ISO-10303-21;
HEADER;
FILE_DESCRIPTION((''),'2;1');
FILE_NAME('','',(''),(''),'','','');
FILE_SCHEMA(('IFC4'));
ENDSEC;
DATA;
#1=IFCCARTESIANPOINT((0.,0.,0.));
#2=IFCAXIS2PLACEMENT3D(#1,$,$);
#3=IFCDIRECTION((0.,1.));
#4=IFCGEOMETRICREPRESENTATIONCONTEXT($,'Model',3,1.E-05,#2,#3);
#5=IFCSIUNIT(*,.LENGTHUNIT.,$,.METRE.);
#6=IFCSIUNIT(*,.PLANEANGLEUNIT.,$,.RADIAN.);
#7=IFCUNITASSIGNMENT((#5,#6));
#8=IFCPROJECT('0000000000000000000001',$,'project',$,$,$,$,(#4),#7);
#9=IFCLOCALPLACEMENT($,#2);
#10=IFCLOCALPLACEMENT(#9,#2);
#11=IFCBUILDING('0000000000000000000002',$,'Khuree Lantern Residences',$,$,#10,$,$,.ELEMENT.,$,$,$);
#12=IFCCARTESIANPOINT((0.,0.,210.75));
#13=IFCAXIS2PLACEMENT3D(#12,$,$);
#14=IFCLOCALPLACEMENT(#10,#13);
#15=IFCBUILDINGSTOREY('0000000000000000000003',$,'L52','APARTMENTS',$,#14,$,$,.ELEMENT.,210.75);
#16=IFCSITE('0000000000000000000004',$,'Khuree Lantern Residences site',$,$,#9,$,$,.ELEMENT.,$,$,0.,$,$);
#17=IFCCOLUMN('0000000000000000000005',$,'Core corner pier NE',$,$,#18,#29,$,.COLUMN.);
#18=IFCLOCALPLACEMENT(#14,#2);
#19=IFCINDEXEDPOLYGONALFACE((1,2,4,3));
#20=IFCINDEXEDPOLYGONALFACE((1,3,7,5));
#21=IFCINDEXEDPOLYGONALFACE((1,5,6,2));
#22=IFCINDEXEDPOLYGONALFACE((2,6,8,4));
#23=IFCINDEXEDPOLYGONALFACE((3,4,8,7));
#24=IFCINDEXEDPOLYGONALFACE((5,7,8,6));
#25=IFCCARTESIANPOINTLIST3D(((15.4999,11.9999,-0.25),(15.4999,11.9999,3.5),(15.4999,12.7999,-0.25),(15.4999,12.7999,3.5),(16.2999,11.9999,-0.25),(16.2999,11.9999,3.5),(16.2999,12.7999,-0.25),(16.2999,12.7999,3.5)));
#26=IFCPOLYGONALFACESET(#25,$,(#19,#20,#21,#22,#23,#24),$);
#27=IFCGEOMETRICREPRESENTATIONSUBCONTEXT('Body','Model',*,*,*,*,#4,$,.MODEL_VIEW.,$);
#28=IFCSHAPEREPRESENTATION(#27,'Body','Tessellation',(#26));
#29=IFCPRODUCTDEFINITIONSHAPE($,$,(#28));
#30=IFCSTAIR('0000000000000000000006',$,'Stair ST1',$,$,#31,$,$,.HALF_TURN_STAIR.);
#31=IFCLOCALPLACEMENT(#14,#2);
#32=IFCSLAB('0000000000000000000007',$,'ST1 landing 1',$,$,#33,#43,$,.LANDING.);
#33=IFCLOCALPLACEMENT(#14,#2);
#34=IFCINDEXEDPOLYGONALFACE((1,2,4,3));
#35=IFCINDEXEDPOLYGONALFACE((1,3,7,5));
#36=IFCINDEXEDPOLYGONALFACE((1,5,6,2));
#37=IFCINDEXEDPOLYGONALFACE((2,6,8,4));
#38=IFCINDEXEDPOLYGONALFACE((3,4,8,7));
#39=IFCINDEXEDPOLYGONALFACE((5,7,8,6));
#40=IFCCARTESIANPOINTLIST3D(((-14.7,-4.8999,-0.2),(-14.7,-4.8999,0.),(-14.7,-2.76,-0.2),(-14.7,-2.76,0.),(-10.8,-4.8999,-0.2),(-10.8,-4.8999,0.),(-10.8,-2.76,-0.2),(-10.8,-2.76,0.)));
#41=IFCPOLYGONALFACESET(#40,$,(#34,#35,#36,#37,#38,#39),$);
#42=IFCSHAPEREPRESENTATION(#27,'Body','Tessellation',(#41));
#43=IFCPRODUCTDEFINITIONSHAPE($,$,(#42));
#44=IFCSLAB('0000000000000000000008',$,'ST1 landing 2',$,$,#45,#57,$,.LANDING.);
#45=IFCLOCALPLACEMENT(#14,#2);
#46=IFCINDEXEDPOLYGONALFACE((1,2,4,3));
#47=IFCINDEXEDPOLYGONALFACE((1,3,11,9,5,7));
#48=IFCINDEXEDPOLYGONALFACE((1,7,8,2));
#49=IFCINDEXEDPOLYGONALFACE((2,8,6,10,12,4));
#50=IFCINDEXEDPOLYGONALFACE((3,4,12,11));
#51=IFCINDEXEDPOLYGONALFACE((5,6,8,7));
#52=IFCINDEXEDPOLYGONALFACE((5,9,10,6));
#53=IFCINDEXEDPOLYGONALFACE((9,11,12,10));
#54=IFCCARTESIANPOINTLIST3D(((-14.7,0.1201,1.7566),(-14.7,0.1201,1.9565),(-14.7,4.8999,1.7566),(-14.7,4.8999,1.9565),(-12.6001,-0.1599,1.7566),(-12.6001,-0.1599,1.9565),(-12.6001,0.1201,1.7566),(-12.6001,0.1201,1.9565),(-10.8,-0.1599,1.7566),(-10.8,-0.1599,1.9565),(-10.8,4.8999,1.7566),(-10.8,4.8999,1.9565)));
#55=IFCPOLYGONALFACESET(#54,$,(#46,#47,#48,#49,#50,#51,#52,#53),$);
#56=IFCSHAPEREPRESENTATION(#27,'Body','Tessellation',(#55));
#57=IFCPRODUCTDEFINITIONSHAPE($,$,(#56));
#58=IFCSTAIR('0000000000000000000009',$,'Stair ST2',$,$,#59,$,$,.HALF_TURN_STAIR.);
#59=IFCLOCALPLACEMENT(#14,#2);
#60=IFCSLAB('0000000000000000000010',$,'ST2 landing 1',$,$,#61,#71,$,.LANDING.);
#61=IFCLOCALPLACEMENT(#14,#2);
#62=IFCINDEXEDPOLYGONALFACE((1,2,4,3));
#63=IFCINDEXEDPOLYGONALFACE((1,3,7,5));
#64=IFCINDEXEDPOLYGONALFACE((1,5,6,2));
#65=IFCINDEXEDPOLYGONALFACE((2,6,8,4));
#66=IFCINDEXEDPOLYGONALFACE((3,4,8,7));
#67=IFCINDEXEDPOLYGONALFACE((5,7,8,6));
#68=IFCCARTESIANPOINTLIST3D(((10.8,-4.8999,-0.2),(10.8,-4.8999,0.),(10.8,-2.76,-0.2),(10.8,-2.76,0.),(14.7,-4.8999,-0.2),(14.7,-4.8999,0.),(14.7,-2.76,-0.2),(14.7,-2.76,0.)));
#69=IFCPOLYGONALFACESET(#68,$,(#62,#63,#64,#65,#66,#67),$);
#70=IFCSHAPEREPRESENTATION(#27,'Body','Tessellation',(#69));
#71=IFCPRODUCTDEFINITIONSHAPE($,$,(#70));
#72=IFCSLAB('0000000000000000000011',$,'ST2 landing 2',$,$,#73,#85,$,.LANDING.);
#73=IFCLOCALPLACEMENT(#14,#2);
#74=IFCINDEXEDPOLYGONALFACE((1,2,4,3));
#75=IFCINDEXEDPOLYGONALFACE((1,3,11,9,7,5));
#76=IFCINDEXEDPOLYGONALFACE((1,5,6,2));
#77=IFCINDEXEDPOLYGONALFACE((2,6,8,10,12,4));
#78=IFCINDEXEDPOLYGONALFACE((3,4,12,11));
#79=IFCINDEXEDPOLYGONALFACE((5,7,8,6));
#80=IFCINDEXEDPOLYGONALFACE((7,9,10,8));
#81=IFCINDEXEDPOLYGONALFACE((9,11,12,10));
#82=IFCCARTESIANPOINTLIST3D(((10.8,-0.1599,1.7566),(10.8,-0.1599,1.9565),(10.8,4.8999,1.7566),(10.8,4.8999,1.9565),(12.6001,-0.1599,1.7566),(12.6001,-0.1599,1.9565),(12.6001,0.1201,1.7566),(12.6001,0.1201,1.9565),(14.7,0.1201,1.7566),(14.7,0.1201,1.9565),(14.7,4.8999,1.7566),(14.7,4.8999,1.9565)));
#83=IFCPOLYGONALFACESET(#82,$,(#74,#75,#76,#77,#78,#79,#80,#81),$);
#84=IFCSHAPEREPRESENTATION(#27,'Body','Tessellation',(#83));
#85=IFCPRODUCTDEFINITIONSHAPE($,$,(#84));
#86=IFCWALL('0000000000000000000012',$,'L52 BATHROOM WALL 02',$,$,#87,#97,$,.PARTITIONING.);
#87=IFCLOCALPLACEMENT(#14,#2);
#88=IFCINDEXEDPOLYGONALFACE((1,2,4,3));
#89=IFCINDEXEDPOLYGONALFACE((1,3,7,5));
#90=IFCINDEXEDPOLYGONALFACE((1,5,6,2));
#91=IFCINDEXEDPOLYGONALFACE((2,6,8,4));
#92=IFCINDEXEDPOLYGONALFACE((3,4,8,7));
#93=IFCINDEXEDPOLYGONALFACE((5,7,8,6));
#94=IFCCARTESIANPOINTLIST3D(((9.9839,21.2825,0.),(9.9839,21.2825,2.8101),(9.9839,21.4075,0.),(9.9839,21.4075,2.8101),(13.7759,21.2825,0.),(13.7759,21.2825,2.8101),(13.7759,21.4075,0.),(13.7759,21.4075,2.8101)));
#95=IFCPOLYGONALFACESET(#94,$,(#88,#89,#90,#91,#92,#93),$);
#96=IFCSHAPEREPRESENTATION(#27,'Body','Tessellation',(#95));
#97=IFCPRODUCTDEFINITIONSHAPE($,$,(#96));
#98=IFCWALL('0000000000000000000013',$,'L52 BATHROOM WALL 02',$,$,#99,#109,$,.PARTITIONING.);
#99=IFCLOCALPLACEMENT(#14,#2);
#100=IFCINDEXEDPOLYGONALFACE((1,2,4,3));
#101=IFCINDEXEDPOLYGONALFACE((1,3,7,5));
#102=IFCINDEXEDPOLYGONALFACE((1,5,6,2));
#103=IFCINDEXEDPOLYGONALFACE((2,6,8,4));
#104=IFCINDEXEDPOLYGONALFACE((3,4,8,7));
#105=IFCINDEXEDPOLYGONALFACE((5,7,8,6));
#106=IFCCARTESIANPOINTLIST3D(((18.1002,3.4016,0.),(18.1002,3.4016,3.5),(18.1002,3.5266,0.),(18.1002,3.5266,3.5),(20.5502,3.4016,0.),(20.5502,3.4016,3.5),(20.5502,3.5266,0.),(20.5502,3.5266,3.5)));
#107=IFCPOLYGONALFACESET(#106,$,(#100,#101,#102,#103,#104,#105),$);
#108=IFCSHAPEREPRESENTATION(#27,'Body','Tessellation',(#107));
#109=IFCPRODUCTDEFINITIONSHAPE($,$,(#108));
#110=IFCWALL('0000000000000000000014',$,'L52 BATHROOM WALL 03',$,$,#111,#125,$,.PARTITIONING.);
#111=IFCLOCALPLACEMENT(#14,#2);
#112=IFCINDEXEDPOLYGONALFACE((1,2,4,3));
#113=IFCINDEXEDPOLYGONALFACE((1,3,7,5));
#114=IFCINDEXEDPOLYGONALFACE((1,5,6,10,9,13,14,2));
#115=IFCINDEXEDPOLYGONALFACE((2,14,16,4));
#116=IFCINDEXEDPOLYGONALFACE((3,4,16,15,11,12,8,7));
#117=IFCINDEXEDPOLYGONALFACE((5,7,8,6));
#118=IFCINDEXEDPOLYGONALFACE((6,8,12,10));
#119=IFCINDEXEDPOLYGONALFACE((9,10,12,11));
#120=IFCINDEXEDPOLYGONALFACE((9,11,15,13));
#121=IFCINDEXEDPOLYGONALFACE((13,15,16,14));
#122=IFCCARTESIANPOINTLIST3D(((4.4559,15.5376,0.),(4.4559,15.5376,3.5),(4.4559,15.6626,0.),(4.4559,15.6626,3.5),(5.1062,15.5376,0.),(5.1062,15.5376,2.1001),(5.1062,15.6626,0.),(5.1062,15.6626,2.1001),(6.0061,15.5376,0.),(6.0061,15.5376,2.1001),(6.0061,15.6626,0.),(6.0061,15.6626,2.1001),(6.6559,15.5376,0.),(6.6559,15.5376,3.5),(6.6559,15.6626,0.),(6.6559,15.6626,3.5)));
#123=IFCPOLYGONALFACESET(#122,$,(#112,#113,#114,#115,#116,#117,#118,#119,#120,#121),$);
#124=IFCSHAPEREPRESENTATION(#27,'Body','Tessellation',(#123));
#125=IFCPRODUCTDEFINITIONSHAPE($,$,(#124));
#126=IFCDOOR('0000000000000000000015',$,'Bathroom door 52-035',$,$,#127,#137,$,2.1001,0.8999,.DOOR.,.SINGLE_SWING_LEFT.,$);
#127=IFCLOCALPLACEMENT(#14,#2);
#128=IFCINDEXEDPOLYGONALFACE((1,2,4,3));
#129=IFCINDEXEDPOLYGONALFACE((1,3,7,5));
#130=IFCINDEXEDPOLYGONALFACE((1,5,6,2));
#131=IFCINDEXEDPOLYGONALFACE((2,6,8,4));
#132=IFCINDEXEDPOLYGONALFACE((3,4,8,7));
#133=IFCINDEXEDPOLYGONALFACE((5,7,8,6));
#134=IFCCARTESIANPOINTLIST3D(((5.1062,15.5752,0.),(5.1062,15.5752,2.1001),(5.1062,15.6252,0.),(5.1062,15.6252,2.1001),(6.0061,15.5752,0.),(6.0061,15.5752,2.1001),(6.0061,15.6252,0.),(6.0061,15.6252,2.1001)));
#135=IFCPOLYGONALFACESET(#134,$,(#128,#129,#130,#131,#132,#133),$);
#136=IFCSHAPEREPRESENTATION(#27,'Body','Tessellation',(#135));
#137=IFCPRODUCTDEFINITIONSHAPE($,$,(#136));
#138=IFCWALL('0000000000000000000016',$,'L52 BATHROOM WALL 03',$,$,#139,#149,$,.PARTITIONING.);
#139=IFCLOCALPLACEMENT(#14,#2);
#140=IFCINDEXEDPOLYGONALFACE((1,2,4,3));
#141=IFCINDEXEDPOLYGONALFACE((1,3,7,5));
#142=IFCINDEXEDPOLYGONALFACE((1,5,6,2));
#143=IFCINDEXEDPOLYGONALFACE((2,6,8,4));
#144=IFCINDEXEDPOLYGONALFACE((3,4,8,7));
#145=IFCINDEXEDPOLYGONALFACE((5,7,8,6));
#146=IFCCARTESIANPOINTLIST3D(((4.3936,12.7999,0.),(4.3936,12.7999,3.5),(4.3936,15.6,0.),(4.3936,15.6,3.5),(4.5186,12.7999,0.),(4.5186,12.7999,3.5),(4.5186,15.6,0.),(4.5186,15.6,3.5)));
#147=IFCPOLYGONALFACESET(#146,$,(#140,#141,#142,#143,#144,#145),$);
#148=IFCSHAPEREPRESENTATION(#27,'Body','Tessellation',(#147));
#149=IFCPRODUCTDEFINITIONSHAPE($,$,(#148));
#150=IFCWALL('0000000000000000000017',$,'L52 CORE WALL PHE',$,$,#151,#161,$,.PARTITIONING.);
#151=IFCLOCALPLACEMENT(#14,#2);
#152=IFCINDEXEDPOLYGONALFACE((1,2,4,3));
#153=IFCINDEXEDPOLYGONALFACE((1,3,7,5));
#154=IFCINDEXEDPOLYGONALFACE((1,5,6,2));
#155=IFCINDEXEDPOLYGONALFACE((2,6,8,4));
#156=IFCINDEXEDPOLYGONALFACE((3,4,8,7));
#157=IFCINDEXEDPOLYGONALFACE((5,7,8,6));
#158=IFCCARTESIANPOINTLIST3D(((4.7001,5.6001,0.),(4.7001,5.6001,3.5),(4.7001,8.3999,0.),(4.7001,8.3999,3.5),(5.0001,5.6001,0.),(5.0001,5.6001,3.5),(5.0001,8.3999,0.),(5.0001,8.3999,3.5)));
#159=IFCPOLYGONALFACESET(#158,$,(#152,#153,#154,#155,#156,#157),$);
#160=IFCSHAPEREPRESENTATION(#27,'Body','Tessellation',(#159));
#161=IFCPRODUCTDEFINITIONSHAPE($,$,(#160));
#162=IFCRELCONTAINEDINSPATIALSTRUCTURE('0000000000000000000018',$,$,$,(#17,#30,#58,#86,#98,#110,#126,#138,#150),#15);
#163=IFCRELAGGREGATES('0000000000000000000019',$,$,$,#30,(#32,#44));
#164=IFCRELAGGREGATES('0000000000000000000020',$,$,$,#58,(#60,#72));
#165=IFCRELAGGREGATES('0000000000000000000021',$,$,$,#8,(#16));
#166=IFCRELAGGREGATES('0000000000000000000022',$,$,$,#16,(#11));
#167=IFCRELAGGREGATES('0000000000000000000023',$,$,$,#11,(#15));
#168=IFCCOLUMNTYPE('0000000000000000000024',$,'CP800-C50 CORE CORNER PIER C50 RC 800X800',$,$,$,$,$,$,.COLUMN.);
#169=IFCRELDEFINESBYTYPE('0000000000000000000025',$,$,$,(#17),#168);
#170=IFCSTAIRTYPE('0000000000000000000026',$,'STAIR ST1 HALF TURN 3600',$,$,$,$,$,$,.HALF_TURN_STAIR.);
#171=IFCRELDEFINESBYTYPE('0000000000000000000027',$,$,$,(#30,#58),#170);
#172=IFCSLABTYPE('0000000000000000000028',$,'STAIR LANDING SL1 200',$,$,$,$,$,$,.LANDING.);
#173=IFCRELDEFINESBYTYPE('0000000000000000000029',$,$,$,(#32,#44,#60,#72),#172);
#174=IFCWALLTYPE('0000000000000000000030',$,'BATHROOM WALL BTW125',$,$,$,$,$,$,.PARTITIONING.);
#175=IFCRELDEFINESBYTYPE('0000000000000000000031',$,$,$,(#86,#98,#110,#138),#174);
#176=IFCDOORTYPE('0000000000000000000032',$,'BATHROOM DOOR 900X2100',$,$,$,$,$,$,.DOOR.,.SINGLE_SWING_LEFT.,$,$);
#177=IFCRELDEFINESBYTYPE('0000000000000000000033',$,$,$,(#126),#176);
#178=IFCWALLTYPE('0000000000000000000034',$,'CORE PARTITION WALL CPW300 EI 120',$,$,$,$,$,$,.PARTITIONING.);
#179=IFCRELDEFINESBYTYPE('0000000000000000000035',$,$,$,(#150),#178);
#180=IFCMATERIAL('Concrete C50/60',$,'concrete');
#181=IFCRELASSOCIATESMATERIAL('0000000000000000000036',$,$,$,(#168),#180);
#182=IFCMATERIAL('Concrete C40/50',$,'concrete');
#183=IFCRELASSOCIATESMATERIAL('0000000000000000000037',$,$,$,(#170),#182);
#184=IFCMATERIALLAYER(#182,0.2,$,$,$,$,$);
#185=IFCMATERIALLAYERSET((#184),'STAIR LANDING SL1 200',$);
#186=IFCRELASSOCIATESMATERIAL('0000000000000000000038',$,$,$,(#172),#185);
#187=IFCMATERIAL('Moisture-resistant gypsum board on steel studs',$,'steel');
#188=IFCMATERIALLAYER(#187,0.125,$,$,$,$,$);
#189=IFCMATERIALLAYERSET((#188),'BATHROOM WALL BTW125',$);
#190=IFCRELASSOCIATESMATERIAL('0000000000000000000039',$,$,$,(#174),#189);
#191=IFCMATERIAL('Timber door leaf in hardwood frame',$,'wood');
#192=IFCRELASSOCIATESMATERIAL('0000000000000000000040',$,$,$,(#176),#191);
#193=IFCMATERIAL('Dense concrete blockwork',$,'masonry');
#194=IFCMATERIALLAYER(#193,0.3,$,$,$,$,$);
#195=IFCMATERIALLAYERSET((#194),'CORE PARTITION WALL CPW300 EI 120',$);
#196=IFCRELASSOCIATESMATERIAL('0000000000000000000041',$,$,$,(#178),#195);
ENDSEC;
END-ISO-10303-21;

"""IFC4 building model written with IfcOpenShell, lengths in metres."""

from ifc_helpers import new_model, si_unit, direction, frame, frame_2d, origin, origin_2d, place, context, subcontext, project, spatial, polyline, rectangle, outline, extrude, material, layer, layer_set, material_profile, profile_set, type_object, element, fill, aggregate, save


model = new_model("IFC4")

# Units and contexts
model_context = context("Model", 3, precision=1e-05, world=origin(), true_north=direction((0.0, 1.0)))
body_context = subcontext(model_context, "Body", "Model", "MODEL_VIEW")
ifc_project = project(units=[si_unit("LENGTHUNIT", "METRE"), si_unit("PLANEANGLEUNIT", "RADIAN")], contexts=[model_context])

# Site, building, storey
site_placement = place(None, origin())
site = spatial("IfcSite", under=ifc_project, at=site_placement, Name="Khuree Lantern Residences site", CompositionType="ELEMENT", RefElevation=0.0)
building_placement = place(site_placement, origin())
building = spatial("IfcBuilding", under=site, at=building_placement, Name="Khuree Lantern Residences", CompositionType="ELEMENT")
storey_placement = place(building_placement, frame((0.0, 0.0, 210.75)))
storey = spatial("IfcBuildingStorey", under=building, at=storey_placement, Name="L52", Description="APARTMENTS", CompositionType="ELEMENT", Elevation=210.75)

# Column
ifc_material_1 = material(Name="Concrete C50/60", Category="concrete")
ifc_material_profile = material_profile(ifc_material_1, rectangle(XDim=0.8, YDim=0.8, at=origin_2d()), Name="RC 800X800")
ifc_profile_set = profile_set([ifc_material_profile], Name="Concrete C50/60")
column_type = type_object("IfcColumnType", Name="CP800-C50 CORE CORNER PIER C50 RC 800X800", PredefinedType="COLUMN", material=ifc_profile_set)
column_placement = place(storey_placement, frame((15.8999, 12.3999, -0.25), z_axis=(0.0, 0.0, 1.0), x_axis=(1.0, 0.0, 0.0)))
element("IfcColumn", 1, at=column_placement, inside=storey, type_object=column_type, Name="Core corner pier NE", PredefinedType="COLUMN", context=body_context, shape_type="SweptSolid", body=[
    extrude(rectangle(XDim=0.8, YDim=0.8, at=origin_2d()), origin(), (0.0, 0.0, 1.0), 3.75),
])

# Stairs, slabs
ifc_material_2 = material(Name="Concrete C40/50", Category="concrete")
stair_type = type_object("IfcStairType", Name="STAIR ST1 HALF TURN 3600", PredefinedType="HALF_TURN_STAIR", material=ifc_material_2)
stair_1_placement = place(storey_placement, origin())
stair_1 = element("IfcStair", 2, at=stair_1_placement, inside=storey, type_object=stair_type, Name="Stair ST1", PredefinedType="HALF_TURN_STAIR")
ifc_layer_1 = layer(ifc_material_2, 0.2)
ifc_layer_set_1 = layer_set([ifc_layer_1], Name="STAIR LANDING SL1 200")
slab_type = type_object("IfcSlabType", Name="STAIR LANDING SL1 200", PredefinedType="LANDING", material=ifc_layer_set_1)
slab_1_placement = place(storey_placement, frame((0.0, 0.0, -0.2)))
slab_1 = element("IfcSlab", 3, at=slab_1_placement, type_object=slab_type, Name="ST1 landing 1", PredefinedType="LANDING", context=body_context, shape_type="SweptSolid", body=[
    extrude(outline(polyline([(-14.7, -4.8999), (-10.8, -4.8999), (-10.8, -2.76), (-14.7, -2.76), (-14.7, -4.8999)])), origin(), (0.0, 0.0, 1.0), 0.2),
])
slab_2_placement = place(storey_placement, frame((0.0, 0.0, 1.7566)))
slab_2 = element("IfcSlab", 4, at=slab_2_placement, type_object=slab_type, Name="ST1 landing 2", PredefinedType="LANDING", context=body_context, shape_type="SweptSolid", body=[
    extrude(outline(polyline([(-14.7, 0.1201), (-14.7, 4.8999), (-10.8, 4.8999), (-10.8, -0.1599), (-12.6001, -0.1599), (-12.6001, 0.1201), (-14.7, 0.1201)])), origin(), (0.0, 0.0, 1.0), 0.2),
])
aggregate(stair_1, [slab_1, slab_2])
stair_2_placement = place(storey_placement, origin())
stair_2 = element("IfcStair", 5, at=stair_2_placement, inside=storey, type_object=stair_type, Name="Stair ST2", PredefinedType="HALF_TURN_STAIR")
slab_3_placement = place(storey_placement, frame((0.0, 0.0, -0.2)))
slab_3 = element("IfcSlab", 6, at=slab_3_placement, type_object=slab_type, Name="ST2 landing 1", PredefinedType="LANDING", context=body_context, shape_type="SweptSolid", body=[
    extrude(outline(polyline([(10.8, -4.8999), (14.7, -4.8999), (14.7, -2.76), (10.8, -2.76), (10.8, -4.8999)])), origin(), (0.0, 0.0, 1.0), 0.2),
])
slab_4_placement = place(storey_placement, frame((0.0, 0.0, 1.7566)))
slab_4 = element("IfcSlab", 7, at=slab_4_placement, type_object=slab_type, Name="ST2 landing 2", PredefinedType="LANDING", context=body_context, shape_type="SweptSolid", body=[
    extrude(outline(polyline([(14.7, 4.8999), (14.7, 0.1201), (12.6001, 0.1201), (12.6001, -0.1599), (10.8, -0.1599), (10.8, 4.8999), (14.7, 4.8999)])), origin(), (0.0, 0.0, 1.0), 0.2),
])
aggregate(stair_2, [slab_3, slab_4])

# Walls
ifc_material_3 = material(Name="Moisture-resistant gypsum board on steel studs", Category="steel")
ifc_layer_2 = layer(ifc_material_3, 0.125)
ifc_layer_set_2 = layer_set([ifc_layer_2], Name="BATHROOM WALL BTW125")
wall_type_1 = type_object("IfcWallType", Name="BATHROOM WALL BTW125", PredefinedType="PARTITIONING", material=ifc_layer_set_2)
wall_1_placement = place(storey_placement, frame((13.7759, 21.345, 0.0), z_axis=(0.0, 0.0, 1.0), x_axis=(-1.0, 0.0, 0.0)))
element("IfcWall", 8, at=wall_1_placement, inside=storey, type_object=wall_type_1, Name="L52 BATHROOM WALL 02", PredefinedType="PARTITIONING", context=body_context, shape_type="SweptSolid", body=[
    extrude(rectangle(XDim=3.792, YDim=0.125, at=frame_2d((1.896, 0.0))), origin(), (0.0, 0.0, 1.0), 2.8101),
])
wall_2_placement = place(storey_placement, frame((18.1001, 3.4641, 0.0), z_axis=(0.0, 0.0, 1.0), x_axis=(1.0, 0.0, 0.0)))
element("IfcWall", 9, at=wall_2_placement, inside=storey, type_object=wall_type_1, Name="L52 BATHROOM WALL 02", PredefinedType="PARTITIONING", context=body_context, shape_type="SweptSolid", body=[
    extrude(rectangle(XDim=2.45, YDim=0.125, at=frame_2d((1.2251, 0.0))), origin(), (0.0, 0.0, 1.0), 3.5),
])

# Wall, opening, door
wall_3_placement = place(storey_placement, frame((6.656, 15.6001, 0.0), z_axis=(0.0, 0.0, 1.0), x_axis=(-1.0, 0.0, 0.0)))
wall_3 = element("IfcWall", 10, at=wall_3_placement, inside=storey, type_object=wall_type_1, Name="L52 BATHROOM WALL 03", PredefinedType="PARTITIONING", context=body_context, shape_type="SweptSolid", body=[
    extrude(rectangle(XDim=2.2, YDim=0.125, at=frame_2d((1.1001, 0.0))), origin(), (0.0, 0.0, 1.0), 3.5),
])
opening_1_placement = place(wall_3_placement, frame((0.6499, 0.0, 0.0)))
opening_1 = element("IfcOpeningElement", 11, at=opening_1_placement, cuts=wall_3, PredefinedType="OPENING", context=body_context, shape_type="SweptSolid", body=[
    extrude(rectangle(XDim=0.8999, YDim=2.1001, at=frame_2d((0.45, 1.05))), frame((0.0, 0.0725, 0.0), z_axis=(0.0, -1.0, 0.0), x_axis=(1.0, 0.0, 0.0)), (0.0, 0.0, 1.0), 0.145),
])
ifc_material_4 = material(Name="Timber door leaf in hardwood frame", Category="wood")
door_type_1 = type_object("IfcDoorType", Name="BATHROOM DOOR 900X2100", OperationType="SINGLE_SWING_LEFT", PredefinedType="DOOR", material=ifc_material_4)
door_1_placement = place(opening_1_placement, origin())
door_1 = element("IfcDoor", 12, at=door_1_placement, inside=storey, type_object=door_type_1, Name="Bathroom door 52-035", OperationType="SINGLE_SWING_LEFT", OverallHeight=2.1001, OverallWidth=0.8999, PredefinedType="DOOR", context=body_context, shape_type="SweptSolid", body=[
    extrude(rectangle(XDim=0.8999, YDim=2.1001, at=frame_2d((0.45, 1.05))), frame((0.0, 0.0249, 0.0), z_axis=(0.0, -1.0, 0.0), x_axis=(1.0, 0.0, 0.0)), (0.0, 0.0, 1.0), 0.05),
])
fill(opening_1, door_1)

# Walls
wall_4_placement = place(storey_placement, frame((4.4561, 12.8, 0.0), z_axis=(0.0, 0.0, 1.0), x_axis=(0.0, 1.0, 0.0)))
element("IfcWall", 13, at=wall_4_placement, inside=storey, type_object=wall_type_1, Name="L52 BATHROOM WALL 03", PredefinedType="PARTITIONING", context=body_context, shape_type="SweptSolid", body=[
    extrude(rectangle(XDim=2.8, YDim=0.125, at=frame_2d((1.3999, 0.0))), origin(), (0.0, 0.0, 1.0), 3.5),
])
ifc_material_5 = material(Name="Dense concrete blockwork", Category="masonry")
ifc_layer_3 = layer(ifc_material_5, 0.3)
ifc_layer_set_3 = layer_set([ifc_layer_3], Name="CORE PARTITION WALL CPW300 EI 120")
wall_type_2 = type_object("IfcWallType", Name="CORE PARTITION WALL CPW300 EI 120", PredefinedType="PARTITIONING", material=ifc_layer_set_3)
wall_5_placement = place(storey_placement, frame((4.8501, 5.6001, 0.0), z_axis=(0.0, 0.0, 1.0), x_axis=(0.0, 1.0, 0.0)))
element("IfcWall", 14, at=wall_5_placement, inside=storey, type_object=wall_type_2, Name="L52 CORE WALL PHE", PredefinedType="PARTITIONING", context=body_context, shape_type="SweptSolid", body=[
    extrude(rectangle(XDim=2.7998, YDim=0.3, at=frame_2d((1.3999, 0.0))), origin(), (0.0, 0.0, 1.0), 3.5),
])

save(model, "model.ifc")
